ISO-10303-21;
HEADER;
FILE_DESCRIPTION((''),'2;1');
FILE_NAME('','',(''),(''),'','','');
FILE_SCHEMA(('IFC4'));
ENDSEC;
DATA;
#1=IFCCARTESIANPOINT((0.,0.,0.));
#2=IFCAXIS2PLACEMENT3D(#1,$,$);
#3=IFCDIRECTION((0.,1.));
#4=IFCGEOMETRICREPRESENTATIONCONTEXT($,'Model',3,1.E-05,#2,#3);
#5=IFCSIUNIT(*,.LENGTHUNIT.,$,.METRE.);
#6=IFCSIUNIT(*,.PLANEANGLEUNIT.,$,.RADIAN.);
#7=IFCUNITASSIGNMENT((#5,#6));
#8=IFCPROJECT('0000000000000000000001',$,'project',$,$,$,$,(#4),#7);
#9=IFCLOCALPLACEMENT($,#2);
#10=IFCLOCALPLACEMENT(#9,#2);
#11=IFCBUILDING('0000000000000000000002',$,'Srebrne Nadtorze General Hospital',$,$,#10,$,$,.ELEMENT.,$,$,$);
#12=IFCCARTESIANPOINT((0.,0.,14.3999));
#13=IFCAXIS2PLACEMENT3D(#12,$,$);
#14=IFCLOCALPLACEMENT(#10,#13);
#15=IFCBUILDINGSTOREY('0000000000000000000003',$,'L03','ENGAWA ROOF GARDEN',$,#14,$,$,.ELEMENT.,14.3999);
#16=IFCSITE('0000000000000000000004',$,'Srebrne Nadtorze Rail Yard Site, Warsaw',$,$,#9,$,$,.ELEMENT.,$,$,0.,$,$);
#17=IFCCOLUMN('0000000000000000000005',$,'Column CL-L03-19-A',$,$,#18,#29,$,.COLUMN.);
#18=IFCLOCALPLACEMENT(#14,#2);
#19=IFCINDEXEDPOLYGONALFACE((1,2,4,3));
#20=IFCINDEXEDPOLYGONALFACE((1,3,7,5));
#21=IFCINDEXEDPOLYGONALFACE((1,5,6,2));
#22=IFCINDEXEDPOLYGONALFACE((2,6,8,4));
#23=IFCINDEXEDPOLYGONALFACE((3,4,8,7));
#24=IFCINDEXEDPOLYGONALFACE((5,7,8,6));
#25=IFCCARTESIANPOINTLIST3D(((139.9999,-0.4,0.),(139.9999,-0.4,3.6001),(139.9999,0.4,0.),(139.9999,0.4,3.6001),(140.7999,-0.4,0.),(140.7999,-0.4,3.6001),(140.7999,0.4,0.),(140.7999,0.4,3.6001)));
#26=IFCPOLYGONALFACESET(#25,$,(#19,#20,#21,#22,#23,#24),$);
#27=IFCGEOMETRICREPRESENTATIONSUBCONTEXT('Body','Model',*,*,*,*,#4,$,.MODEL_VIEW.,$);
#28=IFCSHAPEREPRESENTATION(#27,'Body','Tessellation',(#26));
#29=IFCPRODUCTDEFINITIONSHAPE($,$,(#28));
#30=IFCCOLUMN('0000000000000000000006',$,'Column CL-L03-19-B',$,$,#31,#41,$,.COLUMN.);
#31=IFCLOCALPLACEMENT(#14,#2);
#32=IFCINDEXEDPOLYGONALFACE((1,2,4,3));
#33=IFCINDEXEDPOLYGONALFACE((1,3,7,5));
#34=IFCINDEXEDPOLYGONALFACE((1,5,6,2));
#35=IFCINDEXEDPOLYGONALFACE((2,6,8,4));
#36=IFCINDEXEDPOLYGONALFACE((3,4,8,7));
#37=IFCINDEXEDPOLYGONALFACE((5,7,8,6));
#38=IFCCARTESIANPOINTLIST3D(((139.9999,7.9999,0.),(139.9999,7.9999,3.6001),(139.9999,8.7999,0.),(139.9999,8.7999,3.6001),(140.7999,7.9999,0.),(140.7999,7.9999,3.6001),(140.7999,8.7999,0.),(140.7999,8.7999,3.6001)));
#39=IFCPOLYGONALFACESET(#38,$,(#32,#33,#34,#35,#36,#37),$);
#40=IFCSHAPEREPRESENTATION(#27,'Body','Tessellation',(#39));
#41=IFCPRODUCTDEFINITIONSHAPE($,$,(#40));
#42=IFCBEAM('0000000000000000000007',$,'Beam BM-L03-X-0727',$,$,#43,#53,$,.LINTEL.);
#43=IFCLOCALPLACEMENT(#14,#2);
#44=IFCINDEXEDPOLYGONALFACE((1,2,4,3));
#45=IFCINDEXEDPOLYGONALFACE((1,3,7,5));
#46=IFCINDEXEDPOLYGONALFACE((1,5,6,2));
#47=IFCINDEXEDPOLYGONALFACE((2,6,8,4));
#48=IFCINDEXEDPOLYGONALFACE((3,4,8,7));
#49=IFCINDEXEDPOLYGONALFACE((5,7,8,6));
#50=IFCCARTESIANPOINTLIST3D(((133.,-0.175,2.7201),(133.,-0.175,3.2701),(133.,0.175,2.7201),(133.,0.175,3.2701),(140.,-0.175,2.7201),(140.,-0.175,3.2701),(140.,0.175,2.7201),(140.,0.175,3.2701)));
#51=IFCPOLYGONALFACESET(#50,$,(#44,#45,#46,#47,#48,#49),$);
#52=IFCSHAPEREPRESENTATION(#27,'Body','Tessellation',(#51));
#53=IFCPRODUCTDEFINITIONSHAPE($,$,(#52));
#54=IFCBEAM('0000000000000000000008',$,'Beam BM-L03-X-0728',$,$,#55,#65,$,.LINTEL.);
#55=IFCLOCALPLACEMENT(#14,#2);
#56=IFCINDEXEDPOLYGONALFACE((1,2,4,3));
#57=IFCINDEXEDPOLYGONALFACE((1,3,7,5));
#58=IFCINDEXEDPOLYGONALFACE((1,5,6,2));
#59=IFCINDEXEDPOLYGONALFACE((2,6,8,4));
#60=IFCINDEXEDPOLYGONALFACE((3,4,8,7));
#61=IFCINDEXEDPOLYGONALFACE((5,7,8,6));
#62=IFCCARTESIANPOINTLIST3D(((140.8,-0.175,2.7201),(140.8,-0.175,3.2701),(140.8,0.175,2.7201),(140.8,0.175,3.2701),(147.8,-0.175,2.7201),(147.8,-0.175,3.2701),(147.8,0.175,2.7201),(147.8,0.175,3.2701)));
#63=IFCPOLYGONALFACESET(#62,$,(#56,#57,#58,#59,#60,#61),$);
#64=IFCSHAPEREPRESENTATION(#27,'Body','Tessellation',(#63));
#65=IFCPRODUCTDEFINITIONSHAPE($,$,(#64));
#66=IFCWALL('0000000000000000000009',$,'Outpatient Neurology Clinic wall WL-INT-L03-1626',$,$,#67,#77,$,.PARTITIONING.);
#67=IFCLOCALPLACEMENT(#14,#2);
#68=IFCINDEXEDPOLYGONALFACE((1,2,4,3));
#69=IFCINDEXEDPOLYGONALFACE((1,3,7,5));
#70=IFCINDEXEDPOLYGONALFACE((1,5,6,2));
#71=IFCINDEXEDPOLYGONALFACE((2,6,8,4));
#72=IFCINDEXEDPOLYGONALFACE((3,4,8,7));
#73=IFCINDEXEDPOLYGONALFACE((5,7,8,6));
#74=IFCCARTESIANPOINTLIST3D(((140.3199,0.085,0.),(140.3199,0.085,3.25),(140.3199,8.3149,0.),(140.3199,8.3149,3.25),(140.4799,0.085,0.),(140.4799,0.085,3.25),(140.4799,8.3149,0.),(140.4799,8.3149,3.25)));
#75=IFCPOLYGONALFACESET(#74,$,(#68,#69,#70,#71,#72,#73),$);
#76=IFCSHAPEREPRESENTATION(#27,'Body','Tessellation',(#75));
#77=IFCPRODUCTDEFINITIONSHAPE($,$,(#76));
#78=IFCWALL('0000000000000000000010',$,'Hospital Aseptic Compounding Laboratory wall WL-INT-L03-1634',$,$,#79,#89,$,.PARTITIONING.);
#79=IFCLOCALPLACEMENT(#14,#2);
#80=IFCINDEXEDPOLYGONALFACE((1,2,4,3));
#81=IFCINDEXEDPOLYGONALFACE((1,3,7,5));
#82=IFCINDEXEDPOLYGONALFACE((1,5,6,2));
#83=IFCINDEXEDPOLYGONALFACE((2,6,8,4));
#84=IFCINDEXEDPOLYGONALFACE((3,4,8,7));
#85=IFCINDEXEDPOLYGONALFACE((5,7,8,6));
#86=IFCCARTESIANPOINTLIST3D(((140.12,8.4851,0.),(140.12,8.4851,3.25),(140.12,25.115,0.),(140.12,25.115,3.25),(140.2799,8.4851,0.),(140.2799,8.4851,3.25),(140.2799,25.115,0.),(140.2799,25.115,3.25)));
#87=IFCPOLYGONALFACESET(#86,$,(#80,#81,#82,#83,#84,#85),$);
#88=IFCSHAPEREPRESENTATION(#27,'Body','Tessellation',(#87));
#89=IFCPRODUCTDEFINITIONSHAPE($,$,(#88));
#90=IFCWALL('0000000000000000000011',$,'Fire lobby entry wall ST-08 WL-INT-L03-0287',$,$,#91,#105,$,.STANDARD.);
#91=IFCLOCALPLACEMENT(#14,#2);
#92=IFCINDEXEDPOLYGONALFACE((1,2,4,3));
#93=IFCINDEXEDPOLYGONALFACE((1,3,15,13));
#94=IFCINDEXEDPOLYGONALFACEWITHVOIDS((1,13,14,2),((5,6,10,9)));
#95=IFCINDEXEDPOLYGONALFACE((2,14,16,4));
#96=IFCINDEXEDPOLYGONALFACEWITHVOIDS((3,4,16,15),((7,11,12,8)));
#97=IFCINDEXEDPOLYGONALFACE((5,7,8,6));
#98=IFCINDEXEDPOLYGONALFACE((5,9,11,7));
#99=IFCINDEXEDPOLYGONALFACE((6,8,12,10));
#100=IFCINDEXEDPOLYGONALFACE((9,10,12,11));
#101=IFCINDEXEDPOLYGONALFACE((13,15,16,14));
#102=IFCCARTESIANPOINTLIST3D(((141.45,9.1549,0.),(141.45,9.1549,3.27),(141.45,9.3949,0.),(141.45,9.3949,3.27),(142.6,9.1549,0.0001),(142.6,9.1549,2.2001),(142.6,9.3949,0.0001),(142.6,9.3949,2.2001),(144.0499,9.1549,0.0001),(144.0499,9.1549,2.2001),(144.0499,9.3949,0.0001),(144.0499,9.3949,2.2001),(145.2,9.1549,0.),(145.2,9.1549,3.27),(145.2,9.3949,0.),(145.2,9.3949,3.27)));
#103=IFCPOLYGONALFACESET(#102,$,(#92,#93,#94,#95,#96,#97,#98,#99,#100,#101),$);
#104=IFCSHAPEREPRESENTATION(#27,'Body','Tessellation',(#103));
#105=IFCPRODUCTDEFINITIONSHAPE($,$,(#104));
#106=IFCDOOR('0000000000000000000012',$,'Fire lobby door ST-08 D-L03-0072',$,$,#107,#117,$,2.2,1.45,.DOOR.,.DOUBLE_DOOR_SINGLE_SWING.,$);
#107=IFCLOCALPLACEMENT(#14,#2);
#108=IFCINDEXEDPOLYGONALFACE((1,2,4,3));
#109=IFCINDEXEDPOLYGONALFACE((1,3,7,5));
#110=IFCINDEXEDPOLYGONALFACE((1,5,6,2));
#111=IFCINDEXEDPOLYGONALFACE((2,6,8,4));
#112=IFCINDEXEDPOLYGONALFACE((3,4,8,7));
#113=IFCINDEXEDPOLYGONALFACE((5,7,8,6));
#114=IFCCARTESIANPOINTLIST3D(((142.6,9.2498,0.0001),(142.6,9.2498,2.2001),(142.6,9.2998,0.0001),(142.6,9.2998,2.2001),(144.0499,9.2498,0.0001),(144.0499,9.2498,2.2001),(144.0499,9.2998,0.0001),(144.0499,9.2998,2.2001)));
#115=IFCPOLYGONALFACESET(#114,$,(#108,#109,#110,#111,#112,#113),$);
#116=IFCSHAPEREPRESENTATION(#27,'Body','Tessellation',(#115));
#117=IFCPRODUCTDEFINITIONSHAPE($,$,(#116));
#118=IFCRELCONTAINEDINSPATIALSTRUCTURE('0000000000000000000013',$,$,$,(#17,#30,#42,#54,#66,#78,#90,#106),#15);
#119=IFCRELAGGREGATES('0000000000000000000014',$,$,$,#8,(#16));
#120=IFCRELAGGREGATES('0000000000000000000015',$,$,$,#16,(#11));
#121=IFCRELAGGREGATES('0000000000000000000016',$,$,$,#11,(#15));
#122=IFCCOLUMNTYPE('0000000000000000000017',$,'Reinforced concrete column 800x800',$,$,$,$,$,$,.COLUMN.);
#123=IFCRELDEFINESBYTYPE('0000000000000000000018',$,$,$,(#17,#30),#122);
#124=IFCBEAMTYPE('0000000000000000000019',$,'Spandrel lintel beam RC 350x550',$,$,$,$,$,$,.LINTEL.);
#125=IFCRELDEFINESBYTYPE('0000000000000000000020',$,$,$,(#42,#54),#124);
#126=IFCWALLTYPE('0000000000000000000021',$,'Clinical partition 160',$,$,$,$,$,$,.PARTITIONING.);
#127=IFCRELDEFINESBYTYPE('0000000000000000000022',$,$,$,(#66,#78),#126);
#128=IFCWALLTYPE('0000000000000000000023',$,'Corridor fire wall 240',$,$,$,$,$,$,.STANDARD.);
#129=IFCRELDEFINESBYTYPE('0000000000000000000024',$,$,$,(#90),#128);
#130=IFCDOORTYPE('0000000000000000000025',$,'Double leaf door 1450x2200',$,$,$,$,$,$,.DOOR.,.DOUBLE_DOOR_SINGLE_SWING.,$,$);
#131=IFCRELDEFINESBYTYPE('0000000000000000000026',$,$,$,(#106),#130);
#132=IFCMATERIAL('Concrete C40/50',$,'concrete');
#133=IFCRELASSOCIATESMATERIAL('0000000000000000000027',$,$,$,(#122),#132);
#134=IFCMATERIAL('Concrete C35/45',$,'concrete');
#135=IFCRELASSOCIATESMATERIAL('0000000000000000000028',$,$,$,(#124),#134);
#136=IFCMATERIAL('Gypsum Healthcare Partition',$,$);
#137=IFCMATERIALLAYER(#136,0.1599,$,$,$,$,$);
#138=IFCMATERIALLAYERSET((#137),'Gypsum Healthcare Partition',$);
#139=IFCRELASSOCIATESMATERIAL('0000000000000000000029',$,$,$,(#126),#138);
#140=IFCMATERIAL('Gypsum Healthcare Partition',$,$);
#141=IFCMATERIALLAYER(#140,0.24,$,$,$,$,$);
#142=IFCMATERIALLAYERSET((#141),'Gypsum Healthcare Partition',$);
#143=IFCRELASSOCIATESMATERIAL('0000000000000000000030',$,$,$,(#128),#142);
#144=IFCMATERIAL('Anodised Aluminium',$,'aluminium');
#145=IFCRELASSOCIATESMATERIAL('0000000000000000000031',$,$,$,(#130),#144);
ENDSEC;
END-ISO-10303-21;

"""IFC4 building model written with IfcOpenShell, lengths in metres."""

from ifc_helpers import new_model, si_unit, direction, frame, frame_2d, origin, origin_2d, place, context, subcontext, project, spatial, rectangle, extrude, material, layer, layer_set, material_profile, profile_set, type_object, element, fill, save


model = new_model("IFC4")

# Units and contexts
model_context = context("Model", 3, precision=1e-05, world=origin(), true_north=direction((0.0, 1.0)))
body_context = subcontext(model_context, "Body", "Model", "MODEL_VIEW")
ifc_project = project(units=[si_unit("LENGTHUNIT", "METRE"), si_unit("PLANEANGLEUNIT", "RADIAN")], contexts=[model_context])

# Site, building, storey
site_placement = place(None, origin())
site = spatial("IfcSite", under=ifc_project, at=site_placement, Name="Srebrne Nadtorze Rail Yard Site, Warsaw", CompositionType="ELEMENT", RefElevation=0.0)
building_placement = place(site_placement, origin())
building = spatial("IfcBuilding", under=site, at=building_placement, Name="Srebrne Nadtorze General Hospital", CompositionType="ELEMENT")
storey_placement = place(building_placement, frame((0.0, 0.0, 14.3999)))
storey = spatial("IfcBuildingStorey", under=building, at=storey_placement, Name="L03", Description="ENGAWA ROOF GARDEN", CompositionType="ELEMENT", Elevation=14.3999)

# Columns
ifc_material_1 = material(Name="Concrete C40/50", Category="concrete")
ifc_material_profile_1 = material_profile(ifc_material_1, rectangle(XDim=0.8, YDim=0.8, at=origin_2d()), Name="RC-COL-800x800")
ifc_profile_set_1 = profile_set([ifc_material_profile_1], Name="Concrete C40/50")
column_type = type_object("IfcColumnType", Name="Reinforced concrete column 800x800", PredefinedType="COLUMN", material=ifc_profile_set_1)
for number, where, z_axis, x_axis, name in (
    (1, (140.3999, 0.0, 0.0), (0.0, 0.0, 1.0), (1.0, 0.0, 0.0), "Column CL-L03-19-A"),
    (2, (140.3999, 8.3999, 0.0), (0.0, 0.0, 1.0), (1.0, 0.0, 0.0), "Column CL-L03-19-B"),
):
    element("IfcColumn", number, at=place(storey_placement, frame(where, z_axis=z_axis, x_axis=x_axis)), inside=storey, type_object=column_type, Name=name, PredefinedType="COLUMN", context=body_context, shape_type="SweptSolid", body=[
        extrude(rectangle(XDim=0.8, YDim=0.8, at=origin_2d()), origin(), (0.0, 0.0, 1.0), 3.6001),
    ])

# Beams
ifc_material_2 = material(Name="Concrete C35/45", Category="concrete")
ifc_material_profile_2 = material_profile(ifc_material_2, rectangle(XDim=0.3501, YDim=0.55, at=origin_2d()), Name="RC-BM-350x550")
ifc_profile_set_2 = profile_set([ifc_material_profile_2], Name="Concrete C35/45")
beam_type = type_object("IfcBeamType", Name="Spandrel lintel beam RC 350x550", PredefinedType="LINTEL", material=ifc_profile_set_2)
for number, where, z_axis, x_axis, name in (
    (3, (133.0, 0.0, 2.9951), (1.0, 0.0, 0.0), (0.0, 1.0, 0.0), "Beam BM-L03-X-0727"),
    (4, (140.8, 0.0, 2.9951), (1.0, 0.0, 0.0), (0.0, 1.0, 0.0), "Beam BM-L03-X-0728"),
):
    element("IfcBeam", number, at=place(storey_placement, frame(where, z_axis=z_axis, x_axis=x_axis)), inside=storey, type_object=beam_type, Name=name, PredefinedType="LINTEL", context=body_context, shape_type="SweptSolid", body=[
        extrude(rectangle(XDim=0.3501, YDim=0.55, at=origin_2d()), origin(), (0.0, 0.0, 1.0), 7.0),
    ])

# Walls
ifc_material_3 = material(Name="Gypsum Healthcare Partition")
ifc_layer_1 = layer(ifc_material_3, 0.1599)
ifc_layer_set_1 = layer_set([ifc_layer_1], Name="Gypsum Healthcare Partition")
wall_type_1 = type_object("IfcWallType", Name="Clinical partition 160", PredefinedType="PARTITIONING", material=ifc_layer_set_1)
wall_1_placement = place(storey_placement, frame((140.3999, 0.085, 0.0), z_axis=(0.0, 0.0, 1.0), x_axis=(0.0, 1.0, 0.0)))
element("IfcWall", 5, at=wall_1_placement, inside=storey, type_object=wall_type_1, Name="Outpatient Neurology Clinic wall WL-INT-L03-1626", PredefinedType="PARTITIONING", context=body_context, shape_type="SweptSolid", body=[
    extrude(rectangle(XDim=8.23, YDim=0.1599, at=frame_2d((4.115, 0.0))), origin(), (0.0, 0.0, 1.0), 3.25),
])
wall_2_placement = place(storey_placement, frame((140.2, 8.4851, 0.0), z_axis=(0.0, 0.0, 1.0), x_axis=(0.0, 1.0, 0.0)))
element("IfcWall", 6, at=wall_2_placement, inside=storey, type_object=wall_type_1, Name="Hospital Aseptic Compounding Laboratory wall WL-INT-L03-1634", PredefinedType="PARTITIONING", context=body_context, shape_type="SweptSolid", body=[
    extrude(rectangle(XDim=16.6299, YDim=0.1599, at=frame_2d((8.3149, 0.0))), origin(), (0.0, 0.0, 1.0), 3.25),
])
ifc_material_4 = material(Name="Gypsum Healthcare Partition")
ifc_layer_2 = layer(ifc_material_4, 0.24)
ifc_layer_set_2 = layer_set([ifc_layer_2], Name="Gypsum Healthcare Partition")
wall_type_2 = type_object("IfcWallType", Name="Corridor fire wall 240", PredefinedType="STANDARD", material=ifc_layer_set_2)

# Wall, opening, door
wall_3_placement = place(storey_placement, frame((141.45, 9.2749, 0.0), z_axis=(0.0, 0.0, 1.0), x_axis=(1.0, 0.0, 0.0)))
wall_3 = element("IfcWall", 7, at=wall_3_placement, inside=storey, type_object=wall_type_2, Name="Fire lobby entry wall ST-08 WL-INT-L03-0287", PredefinedType="STANDARD", context=body_context, shape_type="SweptSolid", body=[
    extrude(rectangle(XDim=3.75, YDim=0.24, at=frame_2d((1.875, 0.0))), origin(), (0.0, 0.0, 1.0), 3.27),
])
opening_1_placement = place(wall_3_placement, frame((1.1499, 0.0, 0.0)))
opening_1 = element("IfcOpeningElement", 8, at=opening_1_placement, cuts=wall_3, PredefinedType="OPENING", context=body_context, shape_type="SweptSolid", body=[
    extrude(rectangle(XDim=1.45, YDim=2.2, at=frame_2d((0.7251, 1.1001))), frame((0.0, 0.1318, 0.0), z_axis=(0.0, -1.0, 0.0), x_axis=(1.0, 0.0, 0.0)), (0.0, 0.0, 1.0), 0.2639),
])
ifc_material_5 = material(Name="Anodised Aluminium", Category="aluminium")
door_type = type_object("IfcDoorType", Name="Double leaf door 1450x2200", OperationType="DOUBLE_DOOR_SINGLE_SWING", PredefinedType="DOOR", material=ifc_material_5)
door_1_placement = place(opening_1_placement, origin())
door_1 = element("IfcDoor", 9, at=door_1_placement, inside=storey, type_object=door_type, Name="Fire lobby door ST-08 D-L03-0072", OperationType="DOUBLE_DOOR_SINGLE_SWING", OverallHeight=2.2, OverallWidth=1.45, PredefinedType="DOOR", context=body_context, shape_type="SweptSolid", body=[
    extrude(rectangle(XDim=1.45, YDim=2.2, at=frame_2d((0.7251, 1.1001))), frame((0.0, 0.0249, 0.0), z_axis=(0.0, -1.0, 0.0), x_axis=(1.0, 0.0, 0.0)), (0.0, 0.0, 1.0), 0.05),
])
fill(opening_1, door_1)

save(model, "model.ifc")
